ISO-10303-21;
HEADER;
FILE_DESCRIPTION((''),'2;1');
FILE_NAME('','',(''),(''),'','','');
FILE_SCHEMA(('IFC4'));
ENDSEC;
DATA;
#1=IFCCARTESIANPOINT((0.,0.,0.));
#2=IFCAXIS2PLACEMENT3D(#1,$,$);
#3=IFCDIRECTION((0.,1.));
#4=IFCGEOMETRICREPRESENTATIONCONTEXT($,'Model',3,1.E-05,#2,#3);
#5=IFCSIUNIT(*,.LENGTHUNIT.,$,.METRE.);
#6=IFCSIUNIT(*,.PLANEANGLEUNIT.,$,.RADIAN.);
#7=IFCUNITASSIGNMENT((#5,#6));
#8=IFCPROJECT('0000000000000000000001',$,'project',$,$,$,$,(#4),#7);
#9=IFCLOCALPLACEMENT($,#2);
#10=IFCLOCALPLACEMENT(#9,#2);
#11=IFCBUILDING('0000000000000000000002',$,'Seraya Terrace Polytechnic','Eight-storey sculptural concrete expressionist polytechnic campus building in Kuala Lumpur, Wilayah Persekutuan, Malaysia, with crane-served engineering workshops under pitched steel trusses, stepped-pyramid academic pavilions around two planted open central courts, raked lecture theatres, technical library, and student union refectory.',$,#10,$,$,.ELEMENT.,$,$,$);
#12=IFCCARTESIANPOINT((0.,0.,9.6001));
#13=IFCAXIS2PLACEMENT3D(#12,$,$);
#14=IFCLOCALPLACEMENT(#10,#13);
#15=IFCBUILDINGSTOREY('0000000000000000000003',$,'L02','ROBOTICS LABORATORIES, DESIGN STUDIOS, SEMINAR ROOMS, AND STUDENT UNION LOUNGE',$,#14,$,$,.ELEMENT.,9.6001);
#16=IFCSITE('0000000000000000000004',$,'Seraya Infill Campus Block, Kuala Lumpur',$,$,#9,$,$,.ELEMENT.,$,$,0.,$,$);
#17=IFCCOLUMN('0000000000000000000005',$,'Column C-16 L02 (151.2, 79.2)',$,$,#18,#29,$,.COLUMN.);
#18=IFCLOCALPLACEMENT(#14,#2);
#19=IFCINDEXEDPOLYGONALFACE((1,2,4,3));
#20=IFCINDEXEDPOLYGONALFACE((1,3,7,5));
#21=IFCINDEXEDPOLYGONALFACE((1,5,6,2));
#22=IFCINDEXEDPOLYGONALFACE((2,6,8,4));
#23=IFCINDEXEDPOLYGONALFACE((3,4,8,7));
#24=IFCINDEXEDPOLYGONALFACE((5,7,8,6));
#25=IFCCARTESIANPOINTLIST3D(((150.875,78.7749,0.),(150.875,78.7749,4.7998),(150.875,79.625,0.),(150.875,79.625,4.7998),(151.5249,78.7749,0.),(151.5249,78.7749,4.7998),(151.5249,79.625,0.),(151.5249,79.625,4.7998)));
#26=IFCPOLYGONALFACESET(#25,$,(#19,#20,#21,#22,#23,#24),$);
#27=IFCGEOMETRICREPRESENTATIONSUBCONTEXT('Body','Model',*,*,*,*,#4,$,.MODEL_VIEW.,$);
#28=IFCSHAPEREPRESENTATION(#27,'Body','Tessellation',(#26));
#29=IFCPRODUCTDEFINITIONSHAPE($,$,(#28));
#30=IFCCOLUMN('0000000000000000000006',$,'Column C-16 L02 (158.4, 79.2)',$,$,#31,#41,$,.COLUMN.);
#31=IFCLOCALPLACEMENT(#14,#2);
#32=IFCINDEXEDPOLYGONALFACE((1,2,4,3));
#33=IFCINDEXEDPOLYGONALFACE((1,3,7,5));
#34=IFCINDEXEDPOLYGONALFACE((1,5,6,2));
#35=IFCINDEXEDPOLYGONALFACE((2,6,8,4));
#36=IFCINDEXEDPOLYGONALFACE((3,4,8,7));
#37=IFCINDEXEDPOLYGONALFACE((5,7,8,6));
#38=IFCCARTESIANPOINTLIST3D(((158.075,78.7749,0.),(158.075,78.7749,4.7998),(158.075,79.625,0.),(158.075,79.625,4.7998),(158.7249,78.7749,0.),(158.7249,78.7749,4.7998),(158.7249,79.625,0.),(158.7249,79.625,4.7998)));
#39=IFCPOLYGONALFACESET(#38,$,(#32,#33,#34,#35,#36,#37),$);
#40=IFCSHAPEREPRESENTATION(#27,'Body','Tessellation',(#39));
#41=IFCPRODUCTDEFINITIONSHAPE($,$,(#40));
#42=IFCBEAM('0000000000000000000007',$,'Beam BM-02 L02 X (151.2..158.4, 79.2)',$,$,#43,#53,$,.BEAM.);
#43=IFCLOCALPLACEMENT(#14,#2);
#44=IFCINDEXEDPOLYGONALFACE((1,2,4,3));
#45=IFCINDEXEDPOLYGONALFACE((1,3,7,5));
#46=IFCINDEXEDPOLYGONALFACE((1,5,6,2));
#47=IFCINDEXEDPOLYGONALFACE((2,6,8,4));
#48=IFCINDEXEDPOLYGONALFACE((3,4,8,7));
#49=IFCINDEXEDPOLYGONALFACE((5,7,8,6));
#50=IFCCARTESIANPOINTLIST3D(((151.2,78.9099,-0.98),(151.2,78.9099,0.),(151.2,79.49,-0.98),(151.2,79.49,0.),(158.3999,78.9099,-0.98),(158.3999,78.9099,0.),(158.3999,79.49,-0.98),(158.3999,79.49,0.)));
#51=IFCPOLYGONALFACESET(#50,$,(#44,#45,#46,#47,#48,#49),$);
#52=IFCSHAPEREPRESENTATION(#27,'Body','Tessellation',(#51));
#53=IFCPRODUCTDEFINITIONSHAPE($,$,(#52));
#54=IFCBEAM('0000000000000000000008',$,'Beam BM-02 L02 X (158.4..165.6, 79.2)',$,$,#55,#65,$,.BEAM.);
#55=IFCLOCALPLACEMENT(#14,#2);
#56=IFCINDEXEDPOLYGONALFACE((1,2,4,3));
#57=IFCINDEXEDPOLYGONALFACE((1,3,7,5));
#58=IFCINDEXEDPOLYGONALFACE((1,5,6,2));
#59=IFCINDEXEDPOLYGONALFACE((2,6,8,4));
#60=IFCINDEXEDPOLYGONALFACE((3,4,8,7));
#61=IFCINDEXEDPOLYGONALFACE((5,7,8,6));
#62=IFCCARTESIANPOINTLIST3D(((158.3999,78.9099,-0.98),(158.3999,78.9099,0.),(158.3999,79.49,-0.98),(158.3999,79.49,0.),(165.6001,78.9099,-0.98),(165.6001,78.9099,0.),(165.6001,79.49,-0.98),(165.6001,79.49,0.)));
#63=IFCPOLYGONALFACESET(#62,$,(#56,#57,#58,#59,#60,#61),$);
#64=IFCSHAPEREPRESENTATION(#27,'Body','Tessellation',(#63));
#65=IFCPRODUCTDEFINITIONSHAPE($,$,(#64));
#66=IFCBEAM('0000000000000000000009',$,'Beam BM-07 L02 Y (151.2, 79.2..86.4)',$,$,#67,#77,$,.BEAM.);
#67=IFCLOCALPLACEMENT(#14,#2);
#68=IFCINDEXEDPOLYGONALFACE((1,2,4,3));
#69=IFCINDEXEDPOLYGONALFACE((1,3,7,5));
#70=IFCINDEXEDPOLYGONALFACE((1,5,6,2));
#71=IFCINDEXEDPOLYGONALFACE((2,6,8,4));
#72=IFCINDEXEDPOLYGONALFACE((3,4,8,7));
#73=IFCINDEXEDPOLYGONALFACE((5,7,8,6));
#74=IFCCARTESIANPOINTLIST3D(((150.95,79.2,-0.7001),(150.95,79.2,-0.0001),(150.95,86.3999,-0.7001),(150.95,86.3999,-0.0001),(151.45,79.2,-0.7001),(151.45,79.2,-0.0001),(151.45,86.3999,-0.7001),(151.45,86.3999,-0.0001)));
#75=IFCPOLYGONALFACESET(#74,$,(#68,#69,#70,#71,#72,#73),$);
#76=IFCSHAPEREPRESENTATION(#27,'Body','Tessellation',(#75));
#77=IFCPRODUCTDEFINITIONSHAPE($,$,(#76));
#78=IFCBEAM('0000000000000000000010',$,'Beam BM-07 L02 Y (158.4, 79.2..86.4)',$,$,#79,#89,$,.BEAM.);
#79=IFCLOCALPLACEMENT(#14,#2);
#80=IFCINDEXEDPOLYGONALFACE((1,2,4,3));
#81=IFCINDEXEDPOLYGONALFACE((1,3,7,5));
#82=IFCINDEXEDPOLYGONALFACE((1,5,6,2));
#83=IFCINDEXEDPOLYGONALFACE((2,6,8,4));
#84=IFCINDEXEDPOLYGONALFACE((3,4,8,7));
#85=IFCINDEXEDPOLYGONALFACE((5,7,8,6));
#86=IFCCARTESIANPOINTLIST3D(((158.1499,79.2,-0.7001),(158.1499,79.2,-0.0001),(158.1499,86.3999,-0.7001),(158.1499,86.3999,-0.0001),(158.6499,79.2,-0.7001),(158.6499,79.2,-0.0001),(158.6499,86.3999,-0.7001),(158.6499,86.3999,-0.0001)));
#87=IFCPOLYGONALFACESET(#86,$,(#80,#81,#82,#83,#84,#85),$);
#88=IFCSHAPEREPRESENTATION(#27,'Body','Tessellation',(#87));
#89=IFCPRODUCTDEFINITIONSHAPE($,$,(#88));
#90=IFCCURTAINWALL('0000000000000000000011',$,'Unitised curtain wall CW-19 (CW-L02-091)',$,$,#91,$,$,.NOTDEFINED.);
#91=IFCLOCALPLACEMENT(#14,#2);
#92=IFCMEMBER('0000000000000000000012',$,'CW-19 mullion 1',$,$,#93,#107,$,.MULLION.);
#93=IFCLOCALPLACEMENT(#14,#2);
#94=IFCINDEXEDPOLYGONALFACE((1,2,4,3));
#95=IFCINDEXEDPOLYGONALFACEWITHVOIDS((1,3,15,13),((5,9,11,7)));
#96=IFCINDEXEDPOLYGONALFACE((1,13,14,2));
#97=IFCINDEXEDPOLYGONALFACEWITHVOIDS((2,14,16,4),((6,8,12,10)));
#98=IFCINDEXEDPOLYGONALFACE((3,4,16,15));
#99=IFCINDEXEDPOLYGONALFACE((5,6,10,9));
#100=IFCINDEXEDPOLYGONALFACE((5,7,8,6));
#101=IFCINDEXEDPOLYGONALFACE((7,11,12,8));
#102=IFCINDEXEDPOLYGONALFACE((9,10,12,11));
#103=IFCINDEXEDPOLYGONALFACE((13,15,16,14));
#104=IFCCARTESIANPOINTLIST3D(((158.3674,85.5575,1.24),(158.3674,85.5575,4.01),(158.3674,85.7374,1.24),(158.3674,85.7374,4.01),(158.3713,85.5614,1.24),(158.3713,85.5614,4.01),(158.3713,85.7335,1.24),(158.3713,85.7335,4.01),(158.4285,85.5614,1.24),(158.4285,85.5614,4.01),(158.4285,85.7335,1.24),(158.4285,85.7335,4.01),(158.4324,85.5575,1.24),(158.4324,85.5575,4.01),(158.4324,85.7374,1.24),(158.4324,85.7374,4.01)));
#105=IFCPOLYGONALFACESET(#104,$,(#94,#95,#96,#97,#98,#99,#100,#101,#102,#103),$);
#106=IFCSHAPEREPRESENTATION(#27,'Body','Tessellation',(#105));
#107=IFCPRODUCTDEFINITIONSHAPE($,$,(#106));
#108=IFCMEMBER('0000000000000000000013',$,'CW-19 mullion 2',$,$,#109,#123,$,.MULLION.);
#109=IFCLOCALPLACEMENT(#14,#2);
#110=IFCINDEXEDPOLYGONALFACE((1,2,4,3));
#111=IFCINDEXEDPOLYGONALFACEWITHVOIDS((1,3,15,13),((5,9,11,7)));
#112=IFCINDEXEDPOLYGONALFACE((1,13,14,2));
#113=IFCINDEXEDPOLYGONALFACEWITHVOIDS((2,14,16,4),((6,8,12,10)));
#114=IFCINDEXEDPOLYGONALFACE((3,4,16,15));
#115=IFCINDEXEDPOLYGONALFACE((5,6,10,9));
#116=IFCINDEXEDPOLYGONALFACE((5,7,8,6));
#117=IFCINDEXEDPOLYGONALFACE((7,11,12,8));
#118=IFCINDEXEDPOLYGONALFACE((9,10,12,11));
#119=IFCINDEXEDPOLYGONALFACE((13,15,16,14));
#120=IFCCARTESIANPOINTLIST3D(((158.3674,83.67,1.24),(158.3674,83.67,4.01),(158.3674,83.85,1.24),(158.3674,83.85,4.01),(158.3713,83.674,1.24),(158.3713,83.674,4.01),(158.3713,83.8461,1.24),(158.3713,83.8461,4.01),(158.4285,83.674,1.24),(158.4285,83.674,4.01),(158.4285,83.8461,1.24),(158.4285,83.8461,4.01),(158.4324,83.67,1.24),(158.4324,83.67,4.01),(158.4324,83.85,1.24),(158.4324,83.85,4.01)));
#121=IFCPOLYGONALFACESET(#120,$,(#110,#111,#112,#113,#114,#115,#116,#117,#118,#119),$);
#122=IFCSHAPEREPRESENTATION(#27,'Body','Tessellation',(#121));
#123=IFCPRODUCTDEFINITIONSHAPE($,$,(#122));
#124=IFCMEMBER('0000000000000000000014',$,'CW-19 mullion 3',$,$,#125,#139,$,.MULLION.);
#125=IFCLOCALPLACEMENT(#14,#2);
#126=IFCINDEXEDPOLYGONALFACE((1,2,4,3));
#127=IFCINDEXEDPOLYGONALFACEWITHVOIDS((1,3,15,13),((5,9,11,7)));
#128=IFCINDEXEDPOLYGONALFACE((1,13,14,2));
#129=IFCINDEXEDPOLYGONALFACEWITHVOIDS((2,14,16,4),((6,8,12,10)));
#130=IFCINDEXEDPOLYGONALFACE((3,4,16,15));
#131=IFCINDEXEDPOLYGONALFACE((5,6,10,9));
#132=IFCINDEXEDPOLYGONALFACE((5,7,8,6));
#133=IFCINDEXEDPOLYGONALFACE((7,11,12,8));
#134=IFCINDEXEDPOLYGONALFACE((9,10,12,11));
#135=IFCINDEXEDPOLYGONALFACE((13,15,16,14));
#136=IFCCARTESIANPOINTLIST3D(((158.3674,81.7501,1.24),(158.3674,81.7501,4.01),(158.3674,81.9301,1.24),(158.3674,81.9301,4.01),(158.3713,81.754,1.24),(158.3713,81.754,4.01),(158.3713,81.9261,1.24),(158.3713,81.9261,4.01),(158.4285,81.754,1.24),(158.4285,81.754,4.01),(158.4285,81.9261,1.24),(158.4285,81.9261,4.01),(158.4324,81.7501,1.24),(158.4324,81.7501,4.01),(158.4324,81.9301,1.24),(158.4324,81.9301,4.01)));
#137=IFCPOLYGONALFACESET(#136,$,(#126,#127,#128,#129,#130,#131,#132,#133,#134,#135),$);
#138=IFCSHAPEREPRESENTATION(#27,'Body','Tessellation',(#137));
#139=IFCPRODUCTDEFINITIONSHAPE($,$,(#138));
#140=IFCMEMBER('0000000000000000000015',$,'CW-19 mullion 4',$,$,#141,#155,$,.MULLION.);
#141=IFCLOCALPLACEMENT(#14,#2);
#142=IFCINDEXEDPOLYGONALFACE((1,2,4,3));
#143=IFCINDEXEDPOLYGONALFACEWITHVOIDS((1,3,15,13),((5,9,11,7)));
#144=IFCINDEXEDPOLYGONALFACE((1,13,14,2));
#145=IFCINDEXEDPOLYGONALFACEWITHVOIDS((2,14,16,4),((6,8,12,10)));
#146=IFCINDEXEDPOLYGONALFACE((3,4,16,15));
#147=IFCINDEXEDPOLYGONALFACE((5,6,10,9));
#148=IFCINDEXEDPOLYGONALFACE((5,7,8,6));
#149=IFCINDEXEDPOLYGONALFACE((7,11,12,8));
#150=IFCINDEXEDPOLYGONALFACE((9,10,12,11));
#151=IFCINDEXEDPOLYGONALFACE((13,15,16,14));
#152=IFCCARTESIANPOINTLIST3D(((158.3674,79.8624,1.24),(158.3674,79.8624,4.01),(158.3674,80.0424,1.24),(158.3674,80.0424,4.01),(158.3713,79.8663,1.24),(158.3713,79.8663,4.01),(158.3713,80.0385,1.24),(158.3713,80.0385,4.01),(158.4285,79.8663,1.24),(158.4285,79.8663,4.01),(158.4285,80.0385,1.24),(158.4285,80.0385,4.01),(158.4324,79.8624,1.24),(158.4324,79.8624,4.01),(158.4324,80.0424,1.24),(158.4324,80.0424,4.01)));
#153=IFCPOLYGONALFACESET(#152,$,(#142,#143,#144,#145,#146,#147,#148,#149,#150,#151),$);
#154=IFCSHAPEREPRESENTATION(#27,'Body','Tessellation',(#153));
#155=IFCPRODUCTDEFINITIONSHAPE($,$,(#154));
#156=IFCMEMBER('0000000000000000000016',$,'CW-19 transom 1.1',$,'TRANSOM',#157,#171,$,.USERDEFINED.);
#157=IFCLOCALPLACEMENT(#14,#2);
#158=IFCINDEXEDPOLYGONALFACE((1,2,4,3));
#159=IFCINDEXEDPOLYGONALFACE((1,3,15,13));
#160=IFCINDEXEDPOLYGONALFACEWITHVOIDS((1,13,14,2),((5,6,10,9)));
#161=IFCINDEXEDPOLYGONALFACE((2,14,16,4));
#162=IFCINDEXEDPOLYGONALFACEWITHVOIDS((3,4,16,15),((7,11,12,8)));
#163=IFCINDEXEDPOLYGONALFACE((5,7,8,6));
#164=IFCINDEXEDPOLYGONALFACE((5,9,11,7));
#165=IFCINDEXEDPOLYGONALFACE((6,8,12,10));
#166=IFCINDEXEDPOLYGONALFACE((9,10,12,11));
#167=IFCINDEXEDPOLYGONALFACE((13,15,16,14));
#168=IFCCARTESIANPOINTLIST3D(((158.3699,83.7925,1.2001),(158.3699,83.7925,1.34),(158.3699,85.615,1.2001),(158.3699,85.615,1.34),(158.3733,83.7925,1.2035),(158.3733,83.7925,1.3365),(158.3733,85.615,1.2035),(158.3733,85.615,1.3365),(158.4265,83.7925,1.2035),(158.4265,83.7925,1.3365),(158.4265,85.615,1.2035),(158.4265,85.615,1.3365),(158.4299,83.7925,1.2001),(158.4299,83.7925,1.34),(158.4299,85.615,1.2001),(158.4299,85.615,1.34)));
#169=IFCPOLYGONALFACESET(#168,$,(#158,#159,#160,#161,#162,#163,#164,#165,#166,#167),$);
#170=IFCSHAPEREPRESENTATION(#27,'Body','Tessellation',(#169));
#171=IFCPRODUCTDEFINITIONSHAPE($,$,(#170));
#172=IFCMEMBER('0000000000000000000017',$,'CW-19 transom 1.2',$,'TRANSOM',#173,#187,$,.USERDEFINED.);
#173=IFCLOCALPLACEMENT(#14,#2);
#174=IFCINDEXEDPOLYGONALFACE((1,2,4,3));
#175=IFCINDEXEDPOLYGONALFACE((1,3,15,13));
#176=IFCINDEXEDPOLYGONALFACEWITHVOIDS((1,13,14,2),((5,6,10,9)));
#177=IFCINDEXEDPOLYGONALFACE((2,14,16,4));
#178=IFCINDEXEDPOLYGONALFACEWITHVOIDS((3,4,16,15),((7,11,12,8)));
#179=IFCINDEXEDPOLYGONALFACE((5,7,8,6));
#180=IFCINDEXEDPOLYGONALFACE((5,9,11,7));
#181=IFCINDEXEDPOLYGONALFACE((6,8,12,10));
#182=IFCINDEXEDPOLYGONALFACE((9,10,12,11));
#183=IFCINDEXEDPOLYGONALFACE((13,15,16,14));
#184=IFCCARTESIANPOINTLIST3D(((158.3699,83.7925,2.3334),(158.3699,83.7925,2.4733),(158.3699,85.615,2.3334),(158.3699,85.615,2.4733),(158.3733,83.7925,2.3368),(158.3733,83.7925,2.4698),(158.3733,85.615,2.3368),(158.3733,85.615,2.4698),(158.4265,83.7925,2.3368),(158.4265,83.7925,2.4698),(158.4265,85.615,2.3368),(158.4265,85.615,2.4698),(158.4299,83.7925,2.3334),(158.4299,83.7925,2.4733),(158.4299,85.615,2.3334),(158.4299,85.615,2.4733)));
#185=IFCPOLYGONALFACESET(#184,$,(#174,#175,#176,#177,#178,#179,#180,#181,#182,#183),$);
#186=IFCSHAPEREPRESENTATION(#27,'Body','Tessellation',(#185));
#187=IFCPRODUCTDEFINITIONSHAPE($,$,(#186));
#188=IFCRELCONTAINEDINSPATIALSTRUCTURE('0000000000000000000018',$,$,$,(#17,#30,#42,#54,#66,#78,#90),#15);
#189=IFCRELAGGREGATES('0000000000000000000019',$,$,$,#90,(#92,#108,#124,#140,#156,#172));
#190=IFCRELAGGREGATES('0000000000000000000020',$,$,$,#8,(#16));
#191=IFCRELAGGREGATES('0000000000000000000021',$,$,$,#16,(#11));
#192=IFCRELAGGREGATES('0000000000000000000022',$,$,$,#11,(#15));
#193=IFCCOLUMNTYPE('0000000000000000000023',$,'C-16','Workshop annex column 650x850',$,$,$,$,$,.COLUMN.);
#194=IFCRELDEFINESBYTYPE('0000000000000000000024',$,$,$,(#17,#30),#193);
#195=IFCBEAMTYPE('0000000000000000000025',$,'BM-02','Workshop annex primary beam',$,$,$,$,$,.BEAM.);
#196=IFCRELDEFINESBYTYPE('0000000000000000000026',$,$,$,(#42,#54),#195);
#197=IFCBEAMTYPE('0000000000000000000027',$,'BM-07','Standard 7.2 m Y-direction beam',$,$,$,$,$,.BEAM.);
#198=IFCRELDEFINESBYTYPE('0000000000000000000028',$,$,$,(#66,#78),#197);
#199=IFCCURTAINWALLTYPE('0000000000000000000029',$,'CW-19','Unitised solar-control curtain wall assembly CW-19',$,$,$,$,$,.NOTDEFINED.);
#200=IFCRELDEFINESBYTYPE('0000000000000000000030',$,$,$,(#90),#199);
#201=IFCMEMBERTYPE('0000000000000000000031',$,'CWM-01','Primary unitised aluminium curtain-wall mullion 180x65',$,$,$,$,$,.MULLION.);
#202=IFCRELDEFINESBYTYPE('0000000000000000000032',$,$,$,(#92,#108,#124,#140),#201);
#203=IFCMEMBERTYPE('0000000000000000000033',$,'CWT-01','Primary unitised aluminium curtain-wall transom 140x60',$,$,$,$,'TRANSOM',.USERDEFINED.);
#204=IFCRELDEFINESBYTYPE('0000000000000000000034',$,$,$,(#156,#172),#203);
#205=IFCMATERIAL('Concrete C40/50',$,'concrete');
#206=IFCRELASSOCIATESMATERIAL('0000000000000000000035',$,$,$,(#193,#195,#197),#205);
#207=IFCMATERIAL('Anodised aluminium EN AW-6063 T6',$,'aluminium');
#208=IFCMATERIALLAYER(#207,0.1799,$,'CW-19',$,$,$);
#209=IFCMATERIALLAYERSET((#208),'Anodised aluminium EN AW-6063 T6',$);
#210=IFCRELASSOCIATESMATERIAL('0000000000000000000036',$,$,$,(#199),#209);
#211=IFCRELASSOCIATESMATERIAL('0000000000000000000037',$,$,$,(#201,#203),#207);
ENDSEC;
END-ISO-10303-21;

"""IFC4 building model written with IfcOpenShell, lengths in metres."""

from ifc_helpers import new_model, si_unit, direction, frame, origin, origin_2d, place, context, subcontext, project, spatial, rectangle, hollow_rectangle, extrude, material, layer, layer_set, material_profile, profile_set, type_object, element, aggregate, save


model = new_model("IFC4")

# Units and contexts
model_context = context("Model", 3, precision=1e-05, world=origin(), true_north=direction((0.0, 1.0)))
body_context = subcontext(model_context, "Body", "Model", "MODEL_VIEW")
ifc_project = project(units=[si_unit("LENGTHUNIT", "METRE"), si_unit("PLANEANGLEUNIT", "RADIAN")], contexts=[model_context])

# Site, building, storey
site_placement = place(None, origin())
site = spatial("IfcSite", under=ifc_project, at=site_placement, Name="Seraya Infill Campus Block, Kuala Lumpur", CompositionType="ELEMENT", RefElevation=0.0)
building_placement = place(site_placement, origin())
building = spatial("IfcBuilding", under=site, at=building_placement, Name="Seraya Terrace Polytechnic", Description="Eight-storey sculptural concrete expressionist polytechnic campus building in Kuala Lumpur, Wilayah Persekutuan, Malaysia, with crane-served engineering workshops under pitched steel trusses, stepped-pyramid academic pavilions around two planted open central courts, raked lecture theatres, technical library, and student union refectory.", CompositionType="ELEMENT")
storey_placement = place(building_placement, frame((0.0, 0.0, 9.6001)))
storey = spatial("IfcBuildingStorey", under=building, at=storey_placement, Name="L02", Description="ROBOTICS LABORATORIES, DESIGN STUDIOS, SEMINAR ROOMS, AND STUDENT UNION LOUNGE", CompositionType="ELEMENT", Elevation=9.6001)

# Columns
ifc_material_1 = material(Name="Concrete C40/50", Category="concrete")
ifc_material_profile_1 = material_profile(ifc_material_1, rectangle(XDim=0.6499, YDim=0.8501, at=origin_2d()), Name="RC 650x850")
ifc_profile_set_1 = profile_set([ifc_material_profile_1], Name="Concrete C40/50")
column_type = type_object("IfcColumnType", Name="C-16", Description="Workshop annex column 650x850", PredefinedType="COLUMN", material=ifc_profile_set_1)
for number, where, z_axis, x_axis, name in (
    (1, (151.2, 79.2, 0.0), (0.0, 0.0, 1.0), (1.0, 0.0, 0.0), "Column C-16 L02 (151.2, 79.2)"),
    (2, (158.3999, 79.2, 0.0), (0.0, 0.0, 1.0), (1.0, 0.0, 0.0), "Column C-16 L02 (158.4, 79.2)"),
):
    element("IfcColumn", number, at=place(storey_placement, frame(where, z_axis=z_axis, x_axis=x_axis)), inside=storey, type_object=column_type, Name=name, PredefinedType="COLUMN", context=body_context, shape_type="SweptSolid", body=[
        extrude(rectangle(XDim=0.6499, YDim=0.8501, at=origin_2d()), origin(), (0.0, 0.0, 1.0), 4.7998),
    ])

# Beams
ifc_material_profile_2 = material_profile(ifc_material_1, rectangle(XDim=0.5801, YDim=0.98, at=origin_2d()), Name="RC 580x980")
ifc_profile_set_2 = profile_set([ifc_material_profile_2], Name="Concrete C40/50")
beam_type_1 = type_object("IfcBeamType", Name="BM-02", Description="Workshop annex primary beam", PredefinedType="BEAM", material=ifc_profile_set_2)
beam_1_placement = place(storey_placement, frame((151.2, 79.2, -0.49), z_axis=(1.0, 0.0, 0.0), x_axis=(0.0, 1.0, 0.0)))
element("IfcBeam", 3, at=beam_1_placement, inside=storey, type_object=beam_type_1, Name="Beam BM-02 L02 X (151.2..158.4, 79.2)", PredefinedType="BEAM", context=body_context, shape_type="SweptSolid", body=[
    extrude(rectangle(XDim=0.5801, YDim=0.98, at=origin_2d()), origin(), (0.0, 0.0, 1.0), 7.2),
])
beam_2_placement = place(storey_placement, frame((158.3999, 79.2, -0.49), z_axis=(1.0, 0.0, 0.0), x_axis=(0.0, 1.0, 0.0)))
element("IfcBeam", 4, at=beam_2_placement, inside=storey, type_object=beam_type_1, Name="Beam BM-02 L02 X (158.4..165.6, 79.2)", PredefinedType="BEAM", context=body_context, shape_type="SweptSolid", body=[
    extrude(rectangle(XDim=0.5801, YDim=0.98, at=origin_2d()), origin(), (0.0, 0.0, 1.0), 7.2002),
])
ifc_material_profile_3 = material_profile(ifc_material_1, rectangle(XDim=0.5, YDim=0.7, at=origin_2d()), Name="RC 500x700")
ifc_profile_set_3 = profile_set([ifc_material_profile_3], Name="Concrete C40/50")
beam_type_2 = type_object("IfcBeamType", Name="BM-07", Description="Standard 7.2 m Y-direction beam", PredefinedType="BEAM", material=ifc_profile_set_3)
for number, where, z_axis, x_axis, name in (
    (5, (151.2, 79.2, -0.3501), (0.0, 1.0, 0.0), (-1.0, 0.0, 0.0), "Beam BM-07 L02 Y (151.2, 79.2..86.4)"),
    (6, (158.3999, 79.2, -0.3501), (0.0, 1.0, 0.0), (-1.0, 0.0, 0.0), "Beam BM-07 L02 Y (158.4, 79.2..86.4)"),
):
    element("IfcBeam", number, at=place(storey_placement, frame(where, z_axis=z_axis, x_axis=x_axis)), inside=storey, type_object=beam_type_2, Name=name, PredefinedType="BEAM", context=body_context, shape_type="SweptSolid", body=[
        extrude(rectangle(XDim=0.5, YDim=0.7, at=origin_2d()), origin(), (0.0, 0.0, 1.0), 7.2),
    ])

# Curtain wall, members
ifc_material_2 = material(Name="Anodised aluminium EN AW-6063 T6", Category="aluminium")
ifc_layer_1 = layer(ifc_material_2, 0.1799, Name="CW-19")
ifc_layer_set_1 = layer_set([ifc_layer_1], Name="Anodised aluminium EN AW-6063 T6")
curtain_wall_type = type_object("IfcCurtainWallType", Name="CW-19", Description="Unitised solar-control curtain wall assembly CW-19", PredefinedType="NOTDEFINED", material=ifc_layer_set_1)
curtain_wall_placement = place(storey_placement, origin())
curtain_wall = element("IfcCurtainWall", 7, at=curtain_wall_placement, inside=storey, type_object=curtain_wall_type, Name="Unitised curtain wall CW-19 (CW-L02-091)", PredefinedType="NOTDEFINED")
ifc_material_profile_4 = material_profile(ifc_material_2, hollow_rectangle(XDim=0.0649, YDim=0.1799, WallThickness=0.0039, at=origin_2d()), Name="RHS 180x65x4.0")
ifc_profile_set_4 = profile_set([ifc_material_profile_4], Name="Anodised aluminium EN AW-6063 T6")
member_type_1 = type_object("IfcMemberType", Name="CWM-01", Description="Primary unitised aluminium curtain-wall mullion 180x65", PredefinedType="MULLION", material=ifc_profile_set_4)
member_1_placement = place(storey_placement, frame((158.3999, 85.6475, 1.24), z_axis=(0.0, 0.0, 1.0), x_axis=(1.0, 0.0, 0.0)))
member_1 = element("IfcMember", 8, at=member_1_placement, type_object=member_type_1, Name="CW-19 mullion 1", PredefinedType="MULLION", context=body_context, shape_type="SweptSolid", body=[
    extrude(hollow_rectangle(XDim=0.0649, YDim=0.1799, WallThickness=0.0039, at=origin_2d()), origin(), (0.0, 0.0, 1.0), 2.77),
])
member_2_placement = place(storey_placement, frame((158.3999, 83.76, 1.24), z_axis=(0.0, 0.0, 1.0), x_axis=(1.0, 0.0, 0.0)))
member_2 = element("IfcMember", 9, at=member_2_placement, type_object=member_type_1, Name="CW-19 mullion 2", PredefinedType="MULLION", context=body_context, shape_type="SweptSolid", body=[
    extrude(hollow_rectangle(XDim=0.0649, YDim=0.1799, WallThickness=0.0039, at=origin_2d()), origin(), (0.0, 0.0, 1.0), 2.77),
])
member_3_placement = place(storey_placement, frame((158.3999, 81.8401, 1.24), z_axis=(0.0, 0.0, 1.0), x_axis=(1.0, 0.0, 0.0)))
member_3 = element("IfcMember", 10, at=member_3_placement, type_object=member_type_1, Name="CW-19 mullion 3", PredefinedType="MULLION", context=body_context, shape_type="SweptSolid", body=[
    extrude(hollow_rectangle(XDim=0.0649, YDim=0.1799, WallThickness=0.0039, at=origin_2d()), origin(), (0.0, 0.0, 1.0), 2.77),
])
member_4_placement = place(storey_placement, frame((158.3999, 79.9524, 1.24), z_axis=(0.0, 0.0, 1.0), x_axis=(1.0, 0.0, 0.0)))
member_4 = element("IfcMember", 11, at=member_4_placement, type_object=member_type_1, Name="CW-19 mullion 4", PredefinedType="MULLION", context=body_context, shape_type="SweptSolid", body=[
    extrude(hollow_rectangle(XDim=0.0649, YDim=0.1799, WallThickness=0.0039, at=origin_2d()), origin(), (0.0, 0.0, 1.0), 2.77),
])
ifc_material_profile_5 = material_profile(ifc_material_2, hollow_rectangle(XDim=0.0601, YDim=0.1399, WallThickness=0.0034, at=origin_2d()), Name="RHS 140x60x3.5")
ifc_profile_set_5 = profile_set([ifc_material_profile_5], Name="Anodised aluminium EN AW-6063 T6")
member_type_2 = type_object("IfcMemberType", Name="CWT-01", Description="Primary unitised aluminium curtain-wall transom 140x60", ElementType="TRANSOM", PredefinedType="USERDEFINED", material=ifc_profile_set_5)
member_5_placement = place(storey_placement, frame((158.3999, 85.615, 1.27), z_axis=(0.0, -1.0, 0.0), x_axis=(1.0, 0.0, 0.0)))
member_5 = element("IfcMember", 12, at=member_5_placement, type_object=member_type_2, Name="CW-19 transom 1.1", ObjectType="TRANSOM", PredefinedType="USERDEFINED", context=body_context, shape_type="SweptSolid", body=[
    extrude(hollow_rectangle(XDim=0.0601, YDim=0.1399, WallThickness=0.0034, at=origin_2d()), origin(), (0.0, 0.0, 1.0), 1.8225),
])
member_6_placement = place(storey_placement, frame((158.3999, 85.615, 2.4033), z_axis=(0.0, -1.0, 0.0), x_axis=(1.0, 0.0, 0.0)))
member_6 = element("IfcMember", 13, at=member_6_placement, type_object=member_type_2, Name="CW-19 transom 1.2", ObjectType="TRANSOM", PredefinedType="USERDEFINED", context=body_context, shape_type="SweptSolid", body=[
    extrude(hollow_rectangle(XDim=0.0601, YDim=0.1399, WallThickness=0.0034, at=origin_2d()), origin(), (0.0, 0.0, 1.0), 1.8225),
])

aggregate(curtain_wall, [member_1, member_2, member_3, member_4, member_5, member_6])

save(model, "model.ifc")
